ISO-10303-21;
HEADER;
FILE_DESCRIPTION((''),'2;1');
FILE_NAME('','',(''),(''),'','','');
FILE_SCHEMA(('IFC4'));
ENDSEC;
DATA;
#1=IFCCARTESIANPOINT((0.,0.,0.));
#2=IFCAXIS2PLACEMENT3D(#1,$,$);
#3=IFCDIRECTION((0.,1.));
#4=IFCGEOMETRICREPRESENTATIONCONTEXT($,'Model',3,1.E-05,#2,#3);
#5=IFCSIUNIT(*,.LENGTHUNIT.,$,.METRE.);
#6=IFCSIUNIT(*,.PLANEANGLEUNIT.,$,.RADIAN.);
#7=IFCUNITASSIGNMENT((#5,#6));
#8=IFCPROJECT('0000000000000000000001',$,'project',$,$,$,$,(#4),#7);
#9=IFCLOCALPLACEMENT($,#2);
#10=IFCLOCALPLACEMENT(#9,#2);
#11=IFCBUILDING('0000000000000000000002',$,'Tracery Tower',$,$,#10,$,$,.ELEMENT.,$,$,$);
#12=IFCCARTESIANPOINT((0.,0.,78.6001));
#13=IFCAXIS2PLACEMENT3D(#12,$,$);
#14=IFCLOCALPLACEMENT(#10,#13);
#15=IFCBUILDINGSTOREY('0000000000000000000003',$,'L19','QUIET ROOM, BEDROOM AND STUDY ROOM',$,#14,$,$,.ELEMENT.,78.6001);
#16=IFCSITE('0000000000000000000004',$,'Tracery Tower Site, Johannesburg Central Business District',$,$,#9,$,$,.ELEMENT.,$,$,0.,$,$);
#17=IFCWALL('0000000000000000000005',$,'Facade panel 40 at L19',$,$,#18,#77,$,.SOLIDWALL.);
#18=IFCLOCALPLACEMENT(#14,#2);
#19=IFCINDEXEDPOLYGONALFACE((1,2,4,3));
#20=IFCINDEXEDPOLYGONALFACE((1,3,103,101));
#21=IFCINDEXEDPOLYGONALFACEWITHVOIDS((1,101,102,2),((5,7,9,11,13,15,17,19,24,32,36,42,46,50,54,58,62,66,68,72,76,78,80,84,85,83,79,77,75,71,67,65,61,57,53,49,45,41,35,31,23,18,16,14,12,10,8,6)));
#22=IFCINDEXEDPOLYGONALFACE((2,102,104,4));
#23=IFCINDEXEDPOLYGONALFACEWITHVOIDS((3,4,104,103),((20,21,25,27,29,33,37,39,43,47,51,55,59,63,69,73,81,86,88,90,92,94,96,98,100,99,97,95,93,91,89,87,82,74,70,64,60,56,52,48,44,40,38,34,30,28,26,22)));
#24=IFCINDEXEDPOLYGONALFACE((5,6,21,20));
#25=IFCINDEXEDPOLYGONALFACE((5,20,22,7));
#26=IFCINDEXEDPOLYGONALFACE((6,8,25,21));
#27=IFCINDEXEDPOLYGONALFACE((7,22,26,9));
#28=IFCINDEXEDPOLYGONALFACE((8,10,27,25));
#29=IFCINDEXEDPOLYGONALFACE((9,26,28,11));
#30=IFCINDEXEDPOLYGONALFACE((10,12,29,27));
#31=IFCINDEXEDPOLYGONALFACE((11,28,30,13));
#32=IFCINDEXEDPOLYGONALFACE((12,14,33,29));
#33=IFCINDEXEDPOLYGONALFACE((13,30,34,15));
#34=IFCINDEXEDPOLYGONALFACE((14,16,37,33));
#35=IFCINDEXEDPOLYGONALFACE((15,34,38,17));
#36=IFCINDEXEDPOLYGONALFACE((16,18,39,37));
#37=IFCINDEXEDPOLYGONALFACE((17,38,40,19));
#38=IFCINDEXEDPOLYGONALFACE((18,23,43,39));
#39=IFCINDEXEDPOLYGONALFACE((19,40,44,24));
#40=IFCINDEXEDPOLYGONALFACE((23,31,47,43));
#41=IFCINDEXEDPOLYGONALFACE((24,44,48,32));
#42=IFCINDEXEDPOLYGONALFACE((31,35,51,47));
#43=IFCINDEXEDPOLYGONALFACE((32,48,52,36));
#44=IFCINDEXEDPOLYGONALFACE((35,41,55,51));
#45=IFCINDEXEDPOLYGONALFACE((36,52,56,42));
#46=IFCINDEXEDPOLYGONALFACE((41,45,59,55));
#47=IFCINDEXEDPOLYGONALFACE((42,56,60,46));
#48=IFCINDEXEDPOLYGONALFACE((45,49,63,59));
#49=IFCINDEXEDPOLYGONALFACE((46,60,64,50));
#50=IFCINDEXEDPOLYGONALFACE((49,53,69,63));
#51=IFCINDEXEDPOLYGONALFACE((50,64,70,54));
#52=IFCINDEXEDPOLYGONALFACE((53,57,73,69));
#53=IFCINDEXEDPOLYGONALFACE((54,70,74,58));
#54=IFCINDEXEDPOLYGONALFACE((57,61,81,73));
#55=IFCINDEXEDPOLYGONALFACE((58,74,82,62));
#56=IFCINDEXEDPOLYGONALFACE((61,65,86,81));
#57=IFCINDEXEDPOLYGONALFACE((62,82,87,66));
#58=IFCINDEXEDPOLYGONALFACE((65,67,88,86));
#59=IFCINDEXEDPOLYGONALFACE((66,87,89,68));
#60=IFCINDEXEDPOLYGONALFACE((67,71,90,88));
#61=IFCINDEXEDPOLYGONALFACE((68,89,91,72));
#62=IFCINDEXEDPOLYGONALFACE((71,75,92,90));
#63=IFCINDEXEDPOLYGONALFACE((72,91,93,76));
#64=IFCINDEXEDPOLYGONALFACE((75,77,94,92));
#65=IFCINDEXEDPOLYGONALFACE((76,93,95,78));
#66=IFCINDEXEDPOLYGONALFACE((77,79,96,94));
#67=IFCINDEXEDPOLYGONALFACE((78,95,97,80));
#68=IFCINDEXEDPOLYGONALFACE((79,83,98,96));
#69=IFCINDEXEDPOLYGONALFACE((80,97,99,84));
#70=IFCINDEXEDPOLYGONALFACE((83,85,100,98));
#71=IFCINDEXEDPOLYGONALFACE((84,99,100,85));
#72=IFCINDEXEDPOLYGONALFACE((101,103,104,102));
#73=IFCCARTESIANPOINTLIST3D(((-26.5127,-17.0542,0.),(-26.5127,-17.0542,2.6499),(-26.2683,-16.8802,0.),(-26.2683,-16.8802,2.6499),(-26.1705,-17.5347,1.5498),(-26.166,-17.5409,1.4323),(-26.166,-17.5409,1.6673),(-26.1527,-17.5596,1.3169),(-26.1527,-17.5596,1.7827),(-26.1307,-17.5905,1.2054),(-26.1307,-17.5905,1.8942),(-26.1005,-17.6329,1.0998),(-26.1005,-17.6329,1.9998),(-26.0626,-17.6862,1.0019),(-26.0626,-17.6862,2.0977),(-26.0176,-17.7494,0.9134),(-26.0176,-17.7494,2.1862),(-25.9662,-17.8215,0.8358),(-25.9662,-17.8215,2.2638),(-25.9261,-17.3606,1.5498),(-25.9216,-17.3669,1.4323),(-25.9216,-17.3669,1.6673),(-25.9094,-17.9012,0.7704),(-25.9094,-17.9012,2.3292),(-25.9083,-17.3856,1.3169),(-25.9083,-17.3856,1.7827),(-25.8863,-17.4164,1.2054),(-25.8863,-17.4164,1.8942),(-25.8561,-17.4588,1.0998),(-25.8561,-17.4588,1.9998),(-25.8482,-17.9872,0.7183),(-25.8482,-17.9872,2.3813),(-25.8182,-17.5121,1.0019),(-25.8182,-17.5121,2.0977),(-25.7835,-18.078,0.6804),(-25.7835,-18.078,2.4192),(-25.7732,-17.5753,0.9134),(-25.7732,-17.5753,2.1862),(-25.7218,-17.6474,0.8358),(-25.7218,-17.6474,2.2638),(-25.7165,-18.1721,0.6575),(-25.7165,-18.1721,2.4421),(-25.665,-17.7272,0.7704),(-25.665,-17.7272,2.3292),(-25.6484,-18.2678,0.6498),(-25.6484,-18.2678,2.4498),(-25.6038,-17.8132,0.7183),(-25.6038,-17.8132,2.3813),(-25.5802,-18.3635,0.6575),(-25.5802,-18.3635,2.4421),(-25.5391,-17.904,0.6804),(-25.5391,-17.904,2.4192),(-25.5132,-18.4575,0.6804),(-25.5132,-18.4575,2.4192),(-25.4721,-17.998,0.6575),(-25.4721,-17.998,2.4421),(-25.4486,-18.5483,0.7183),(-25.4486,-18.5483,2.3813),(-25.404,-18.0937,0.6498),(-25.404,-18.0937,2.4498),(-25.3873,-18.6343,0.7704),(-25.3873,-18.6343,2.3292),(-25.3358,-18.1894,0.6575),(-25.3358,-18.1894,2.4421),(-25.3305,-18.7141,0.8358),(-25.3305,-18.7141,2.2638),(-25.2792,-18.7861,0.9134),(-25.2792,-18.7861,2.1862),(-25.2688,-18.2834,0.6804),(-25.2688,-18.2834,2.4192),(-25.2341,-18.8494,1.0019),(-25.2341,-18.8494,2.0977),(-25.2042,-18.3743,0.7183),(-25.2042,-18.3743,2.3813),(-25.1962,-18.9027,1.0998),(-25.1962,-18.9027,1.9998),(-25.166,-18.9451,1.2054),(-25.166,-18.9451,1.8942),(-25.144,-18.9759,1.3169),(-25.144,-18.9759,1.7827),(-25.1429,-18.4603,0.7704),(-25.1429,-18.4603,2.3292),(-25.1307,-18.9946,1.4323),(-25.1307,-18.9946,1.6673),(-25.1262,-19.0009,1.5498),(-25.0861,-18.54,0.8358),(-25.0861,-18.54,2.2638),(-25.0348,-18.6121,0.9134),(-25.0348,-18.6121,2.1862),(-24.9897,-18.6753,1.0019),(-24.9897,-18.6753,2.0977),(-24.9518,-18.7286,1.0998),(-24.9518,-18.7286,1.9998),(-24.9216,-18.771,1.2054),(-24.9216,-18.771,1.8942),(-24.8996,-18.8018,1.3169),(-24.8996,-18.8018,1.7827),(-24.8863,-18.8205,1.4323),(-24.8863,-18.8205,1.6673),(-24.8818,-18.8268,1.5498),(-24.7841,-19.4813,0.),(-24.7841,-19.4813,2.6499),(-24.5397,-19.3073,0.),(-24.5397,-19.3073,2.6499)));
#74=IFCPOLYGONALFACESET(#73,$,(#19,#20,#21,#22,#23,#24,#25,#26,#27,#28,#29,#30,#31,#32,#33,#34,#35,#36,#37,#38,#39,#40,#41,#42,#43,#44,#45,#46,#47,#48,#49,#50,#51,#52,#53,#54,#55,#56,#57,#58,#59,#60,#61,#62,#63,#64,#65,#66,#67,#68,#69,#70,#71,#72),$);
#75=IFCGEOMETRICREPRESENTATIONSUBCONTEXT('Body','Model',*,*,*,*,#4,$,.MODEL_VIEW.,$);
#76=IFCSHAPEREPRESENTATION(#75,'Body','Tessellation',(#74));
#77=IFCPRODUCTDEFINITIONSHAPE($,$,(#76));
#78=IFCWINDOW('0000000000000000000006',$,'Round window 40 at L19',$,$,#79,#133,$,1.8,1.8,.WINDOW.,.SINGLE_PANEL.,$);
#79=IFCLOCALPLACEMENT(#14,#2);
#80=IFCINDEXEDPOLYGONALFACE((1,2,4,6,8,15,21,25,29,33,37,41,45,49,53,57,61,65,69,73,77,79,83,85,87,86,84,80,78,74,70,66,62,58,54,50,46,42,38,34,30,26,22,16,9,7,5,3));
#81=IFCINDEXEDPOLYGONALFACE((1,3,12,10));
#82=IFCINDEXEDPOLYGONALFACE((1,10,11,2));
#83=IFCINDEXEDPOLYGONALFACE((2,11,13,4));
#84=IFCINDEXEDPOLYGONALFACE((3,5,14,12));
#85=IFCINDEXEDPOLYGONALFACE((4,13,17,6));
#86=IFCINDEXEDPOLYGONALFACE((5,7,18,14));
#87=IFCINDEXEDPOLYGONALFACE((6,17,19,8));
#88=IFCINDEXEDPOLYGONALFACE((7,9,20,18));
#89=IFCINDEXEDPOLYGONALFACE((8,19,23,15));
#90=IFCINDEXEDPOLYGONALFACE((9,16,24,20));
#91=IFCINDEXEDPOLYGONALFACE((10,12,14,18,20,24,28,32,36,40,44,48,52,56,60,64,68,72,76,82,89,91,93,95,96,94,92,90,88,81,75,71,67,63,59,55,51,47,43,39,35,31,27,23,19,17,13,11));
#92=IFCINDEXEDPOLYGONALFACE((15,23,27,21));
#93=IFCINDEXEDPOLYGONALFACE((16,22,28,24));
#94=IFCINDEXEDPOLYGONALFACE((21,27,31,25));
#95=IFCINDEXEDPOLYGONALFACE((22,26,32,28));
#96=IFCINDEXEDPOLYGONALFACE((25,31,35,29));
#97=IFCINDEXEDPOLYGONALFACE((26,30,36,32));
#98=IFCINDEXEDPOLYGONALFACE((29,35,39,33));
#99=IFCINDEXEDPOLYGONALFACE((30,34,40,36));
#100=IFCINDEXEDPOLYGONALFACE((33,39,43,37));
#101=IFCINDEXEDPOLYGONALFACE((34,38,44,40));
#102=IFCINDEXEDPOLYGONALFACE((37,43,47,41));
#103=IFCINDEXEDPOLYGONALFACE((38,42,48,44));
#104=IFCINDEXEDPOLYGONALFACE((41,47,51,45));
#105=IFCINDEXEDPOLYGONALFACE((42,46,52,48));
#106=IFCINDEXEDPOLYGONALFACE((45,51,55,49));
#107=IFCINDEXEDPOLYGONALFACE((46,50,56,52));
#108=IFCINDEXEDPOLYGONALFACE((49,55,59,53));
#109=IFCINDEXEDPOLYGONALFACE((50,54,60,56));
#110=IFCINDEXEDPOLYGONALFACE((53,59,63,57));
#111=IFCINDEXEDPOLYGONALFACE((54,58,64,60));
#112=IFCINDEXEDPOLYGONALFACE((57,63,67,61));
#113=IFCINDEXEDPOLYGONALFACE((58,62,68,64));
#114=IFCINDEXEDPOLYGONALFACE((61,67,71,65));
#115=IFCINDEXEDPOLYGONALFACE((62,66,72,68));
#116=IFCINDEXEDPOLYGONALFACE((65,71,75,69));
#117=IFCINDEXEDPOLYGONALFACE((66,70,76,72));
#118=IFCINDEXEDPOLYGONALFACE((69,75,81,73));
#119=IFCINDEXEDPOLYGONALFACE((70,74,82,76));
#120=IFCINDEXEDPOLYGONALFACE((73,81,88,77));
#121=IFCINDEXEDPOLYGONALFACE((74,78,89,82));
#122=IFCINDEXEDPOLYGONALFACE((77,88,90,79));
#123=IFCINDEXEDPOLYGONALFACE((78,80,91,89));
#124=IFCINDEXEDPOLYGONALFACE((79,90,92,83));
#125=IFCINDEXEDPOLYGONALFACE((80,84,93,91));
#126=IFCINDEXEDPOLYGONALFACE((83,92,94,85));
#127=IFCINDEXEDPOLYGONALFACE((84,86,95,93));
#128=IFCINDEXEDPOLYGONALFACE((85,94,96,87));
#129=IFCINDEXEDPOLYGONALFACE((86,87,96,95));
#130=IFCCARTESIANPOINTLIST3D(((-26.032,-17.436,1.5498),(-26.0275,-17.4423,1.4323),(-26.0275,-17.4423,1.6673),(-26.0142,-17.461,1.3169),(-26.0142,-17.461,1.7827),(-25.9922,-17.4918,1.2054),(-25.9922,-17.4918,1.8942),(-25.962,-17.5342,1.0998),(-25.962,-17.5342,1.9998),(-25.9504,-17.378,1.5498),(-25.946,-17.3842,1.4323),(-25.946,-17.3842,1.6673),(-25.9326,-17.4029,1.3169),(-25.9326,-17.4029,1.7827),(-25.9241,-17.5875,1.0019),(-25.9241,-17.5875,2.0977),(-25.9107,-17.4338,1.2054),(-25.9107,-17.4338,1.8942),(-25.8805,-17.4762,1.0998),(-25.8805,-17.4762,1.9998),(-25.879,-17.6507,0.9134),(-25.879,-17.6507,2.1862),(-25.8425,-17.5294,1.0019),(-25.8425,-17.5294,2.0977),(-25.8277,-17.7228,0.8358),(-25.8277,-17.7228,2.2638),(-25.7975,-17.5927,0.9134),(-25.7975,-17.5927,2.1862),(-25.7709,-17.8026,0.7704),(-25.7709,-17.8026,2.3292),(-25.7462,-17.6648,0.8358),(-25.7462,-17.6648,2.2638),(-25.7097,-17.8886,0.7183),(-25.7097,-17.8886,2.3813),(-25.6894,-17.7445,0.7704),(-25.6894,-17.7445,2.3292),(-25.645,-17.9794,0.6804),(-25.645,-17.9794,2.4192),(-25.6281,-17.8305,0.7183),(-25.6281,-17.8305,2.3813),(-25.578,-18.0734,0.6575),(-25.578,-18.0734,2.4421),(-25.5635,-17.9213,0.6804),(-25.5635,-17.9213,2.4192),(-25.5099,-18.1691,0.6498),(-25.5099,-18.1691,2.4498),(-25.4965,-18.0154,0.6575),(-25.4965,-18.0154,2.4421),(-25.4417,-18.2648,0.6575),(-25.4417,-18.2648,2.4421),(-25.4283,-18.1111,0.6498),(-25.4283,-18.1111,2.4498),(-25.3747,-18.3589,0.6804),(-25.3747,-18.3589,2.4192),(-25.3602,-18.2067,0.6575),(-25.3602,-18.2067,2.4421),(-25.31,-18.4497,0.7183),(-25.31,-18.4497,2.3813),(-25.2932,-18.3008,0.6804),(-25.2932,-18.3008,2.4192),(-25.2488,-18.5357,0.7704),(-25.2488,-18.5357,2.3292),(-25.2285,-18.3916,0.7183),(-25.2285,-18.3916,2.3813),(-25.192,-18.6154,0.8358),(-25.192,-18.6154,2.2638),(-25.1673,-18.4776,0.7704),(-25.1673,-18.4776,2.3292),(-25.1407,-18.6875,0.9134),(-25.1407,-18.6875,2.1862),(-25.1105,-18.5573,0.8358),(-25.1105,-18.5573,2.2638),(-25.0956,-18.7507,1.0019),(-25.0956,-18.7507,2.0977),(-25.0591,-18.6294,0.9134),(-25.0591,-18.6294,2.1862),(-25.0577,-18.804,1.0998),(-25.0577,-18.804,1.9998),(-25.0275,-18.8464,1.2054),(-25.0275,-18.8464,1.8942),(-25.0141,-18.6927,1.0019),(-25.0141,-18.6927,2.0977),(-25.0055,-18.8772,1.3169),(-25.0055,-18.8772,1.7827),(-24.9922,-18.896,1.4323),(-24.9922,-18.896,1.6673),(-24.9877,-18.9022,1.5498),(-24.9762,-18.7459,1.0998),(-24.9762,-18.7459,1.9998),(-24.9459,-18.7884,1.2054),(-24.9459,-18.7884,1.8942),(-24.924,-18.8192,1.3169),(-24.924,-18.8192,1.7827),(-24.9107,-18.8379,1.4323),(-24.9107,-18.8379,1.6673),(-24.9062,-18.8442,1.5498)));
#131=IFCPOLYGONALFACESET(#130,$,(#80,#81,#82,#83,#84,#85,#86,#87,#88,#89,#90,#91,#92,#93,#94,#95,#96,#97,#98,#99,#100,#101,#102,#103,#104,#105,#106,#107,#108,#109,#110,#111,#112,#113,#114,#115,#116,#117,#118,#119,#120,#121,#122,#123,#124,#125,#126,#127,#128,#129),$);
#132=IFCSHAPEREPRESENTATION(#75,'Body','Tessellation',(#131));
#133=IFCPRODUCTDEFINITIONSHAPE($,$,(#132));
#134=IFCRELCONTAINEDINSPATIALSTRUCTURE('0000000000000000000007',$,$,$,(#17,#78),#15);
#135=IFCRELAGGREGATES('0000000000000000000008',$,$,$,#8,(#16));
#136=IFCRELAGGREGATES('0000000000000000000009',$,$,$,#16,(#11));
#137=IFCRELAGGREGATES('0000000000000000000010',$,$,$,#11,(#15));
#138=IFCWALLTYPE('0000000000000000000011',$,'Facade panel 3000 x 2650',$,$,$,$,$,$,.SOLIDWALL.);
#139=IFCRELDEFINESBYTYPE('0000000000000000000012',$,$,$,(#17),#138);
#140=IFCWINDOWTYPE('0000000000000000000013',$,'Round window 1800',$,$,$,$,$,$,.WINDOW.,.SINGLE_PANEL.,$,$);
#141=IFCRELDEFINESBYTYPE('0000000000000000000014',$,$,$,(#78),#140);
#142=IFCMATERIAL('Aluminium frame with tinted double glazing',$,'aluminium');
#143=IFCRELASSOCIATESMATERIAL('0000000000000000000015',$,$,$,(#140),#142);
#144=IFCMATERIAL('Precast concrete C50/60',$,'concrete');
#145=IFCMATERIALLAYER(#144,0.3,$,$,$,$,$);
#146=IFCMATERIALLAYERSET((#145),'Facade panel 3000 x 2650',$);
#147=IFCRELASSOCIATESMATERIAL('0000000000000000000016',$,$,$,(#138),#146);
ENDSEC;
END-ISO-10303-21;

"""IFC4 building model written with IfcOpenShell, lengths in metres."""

from ifc_helpers import new_model, si_unit, direction, frame, frame_2d, origin, origin_2d, place, context, subcontext, project, spatial, rectangle, circle, extrude, material, layer, layer_set, type_object, element, fill, save


model = new_model("IFC4")

# Units and contexts
model_context = context("Model", 3, precision=1e-05, world=origin(), true_north=direction((0.0, 1.0)))
body_context = subcontext(model_context, "Body", "Model", "MODEL_VIEW")
ifc_project = project(units=[si_unit("LENGTHUNIT", "METRE"), si_unit("PLANEANGLEUNIT", "RADIAN")], contexts=[model_context])

# Site, building, storey
site_placement = place(None, origin())
site = spatial("IfcSite", under=ifc_project, at=site_placement, Name="Tracery Tower Site, Johannesburg Central Business District", CompositionType="ELEMENT", RefElevation=0.0)
building_placement = place(site_placement, origin())
building = spatial("IfcBuilding", under=site, at=building_placement, Name="Tracery Tower", CompositionType="ELEMENT")
storey_placement = place(building_placement, frame((0.0, 0.0, 78.6001)))
storey = spatial("IfcBuildingStorey", under=building, at=storey_placement, Name="L19", Description="QUIET ROOM, BEDROOM AND STUDY ROOM", CompositionType="ELEMENT", Elevation=78.6001)

# Wall, opening, window
ifc_material_1 = material(Name="Aluminium frame with tinted double glazing", Category="aluminium")
window_type = type_object("IfcWindowType", Name="Round window 1800", PartitioningType="SINGLE_PANEL", PredefinedType="WINDOW", material=ifc_material_1)
ifc_material_2 = material(Name="Precast concrete C50/60", Category="concrete")
ifc_layer_1 = layer(ifc_material_2, 0.3)
ifc_layer_set_1 = layer_set([ifc_layer_1], Name="Facade panel 3000 x 2650")
wall_type_1 = type_object("IfcWallType", Name="Facade panel 3000 x 2650", PredefinedType="SOLIDWALL", material=ifc_layer_set_1)
wall_1_placement = place(storey_placement, frame((-26.3904, -16.9673, 0.0), z_axis=(0.0, 0.0, 1.0), x_axis=(0.580114, -0.814535, 0.0)))
wall_1 = element("IfcWall", 1, at=wall_1_placement, inside=storey, type_object=wall_type_1, Name="Facade panel 40 at L19", PredefinedType="SOLIDWALL", context=body_context, shape_type="SweptSolid", body=[
    extrude(rectangle(XDim=2.9797, YDim=0.3, at=frame_2d((1.4897, 0.0))), origin(), (0.0, 0.0, 1.0), 2.6499),
])
opening_1_placement = place(wall_1_placement, frame((1.4897, 0.0, 1.5498)))
opening_1 = element("IfcOpeningElement", 2, at=opening_1_placement, cuts=wall_1, PredefinedType="OPENING", context=body_context, shape_type="SweptSolid", body=[
    extrude(circle(Radius=0.9, at=origin_2d()), frame((0.0, 0.1599, 0.0), z_axis=(0.0, -1.0, 0.0), x_axis=(1.0, 0.0, 0.0)), (0.0, 0.0, 1.0), 0.3201),
])
window_1_placement = place(opening_1_placement, origin())
window_1 = element("IfcWindow", 3, at=window_1_placement, inside=storey, type_object=window_type, Name="Round window 40 at L19", OverallHeight=1.8, OverallWidth=1.8, PartitioningType="SINGLE_PANEL", PredefinedType="WINDOW", context=body_context, shape_type="SweptSolid", body=[
    extrude(circle(Radius=0.9, at=origin_2d()), frame((0.0, 0.1201, 0.0), z_axis=(0.0, -1.0, 0.0), x_axis=(1.0, 0.0, 0.0)), (0.0, 0.0, 1.0), 0.1001),
])
fill(opening_1, window_1)

save(model, "model.ifc")
